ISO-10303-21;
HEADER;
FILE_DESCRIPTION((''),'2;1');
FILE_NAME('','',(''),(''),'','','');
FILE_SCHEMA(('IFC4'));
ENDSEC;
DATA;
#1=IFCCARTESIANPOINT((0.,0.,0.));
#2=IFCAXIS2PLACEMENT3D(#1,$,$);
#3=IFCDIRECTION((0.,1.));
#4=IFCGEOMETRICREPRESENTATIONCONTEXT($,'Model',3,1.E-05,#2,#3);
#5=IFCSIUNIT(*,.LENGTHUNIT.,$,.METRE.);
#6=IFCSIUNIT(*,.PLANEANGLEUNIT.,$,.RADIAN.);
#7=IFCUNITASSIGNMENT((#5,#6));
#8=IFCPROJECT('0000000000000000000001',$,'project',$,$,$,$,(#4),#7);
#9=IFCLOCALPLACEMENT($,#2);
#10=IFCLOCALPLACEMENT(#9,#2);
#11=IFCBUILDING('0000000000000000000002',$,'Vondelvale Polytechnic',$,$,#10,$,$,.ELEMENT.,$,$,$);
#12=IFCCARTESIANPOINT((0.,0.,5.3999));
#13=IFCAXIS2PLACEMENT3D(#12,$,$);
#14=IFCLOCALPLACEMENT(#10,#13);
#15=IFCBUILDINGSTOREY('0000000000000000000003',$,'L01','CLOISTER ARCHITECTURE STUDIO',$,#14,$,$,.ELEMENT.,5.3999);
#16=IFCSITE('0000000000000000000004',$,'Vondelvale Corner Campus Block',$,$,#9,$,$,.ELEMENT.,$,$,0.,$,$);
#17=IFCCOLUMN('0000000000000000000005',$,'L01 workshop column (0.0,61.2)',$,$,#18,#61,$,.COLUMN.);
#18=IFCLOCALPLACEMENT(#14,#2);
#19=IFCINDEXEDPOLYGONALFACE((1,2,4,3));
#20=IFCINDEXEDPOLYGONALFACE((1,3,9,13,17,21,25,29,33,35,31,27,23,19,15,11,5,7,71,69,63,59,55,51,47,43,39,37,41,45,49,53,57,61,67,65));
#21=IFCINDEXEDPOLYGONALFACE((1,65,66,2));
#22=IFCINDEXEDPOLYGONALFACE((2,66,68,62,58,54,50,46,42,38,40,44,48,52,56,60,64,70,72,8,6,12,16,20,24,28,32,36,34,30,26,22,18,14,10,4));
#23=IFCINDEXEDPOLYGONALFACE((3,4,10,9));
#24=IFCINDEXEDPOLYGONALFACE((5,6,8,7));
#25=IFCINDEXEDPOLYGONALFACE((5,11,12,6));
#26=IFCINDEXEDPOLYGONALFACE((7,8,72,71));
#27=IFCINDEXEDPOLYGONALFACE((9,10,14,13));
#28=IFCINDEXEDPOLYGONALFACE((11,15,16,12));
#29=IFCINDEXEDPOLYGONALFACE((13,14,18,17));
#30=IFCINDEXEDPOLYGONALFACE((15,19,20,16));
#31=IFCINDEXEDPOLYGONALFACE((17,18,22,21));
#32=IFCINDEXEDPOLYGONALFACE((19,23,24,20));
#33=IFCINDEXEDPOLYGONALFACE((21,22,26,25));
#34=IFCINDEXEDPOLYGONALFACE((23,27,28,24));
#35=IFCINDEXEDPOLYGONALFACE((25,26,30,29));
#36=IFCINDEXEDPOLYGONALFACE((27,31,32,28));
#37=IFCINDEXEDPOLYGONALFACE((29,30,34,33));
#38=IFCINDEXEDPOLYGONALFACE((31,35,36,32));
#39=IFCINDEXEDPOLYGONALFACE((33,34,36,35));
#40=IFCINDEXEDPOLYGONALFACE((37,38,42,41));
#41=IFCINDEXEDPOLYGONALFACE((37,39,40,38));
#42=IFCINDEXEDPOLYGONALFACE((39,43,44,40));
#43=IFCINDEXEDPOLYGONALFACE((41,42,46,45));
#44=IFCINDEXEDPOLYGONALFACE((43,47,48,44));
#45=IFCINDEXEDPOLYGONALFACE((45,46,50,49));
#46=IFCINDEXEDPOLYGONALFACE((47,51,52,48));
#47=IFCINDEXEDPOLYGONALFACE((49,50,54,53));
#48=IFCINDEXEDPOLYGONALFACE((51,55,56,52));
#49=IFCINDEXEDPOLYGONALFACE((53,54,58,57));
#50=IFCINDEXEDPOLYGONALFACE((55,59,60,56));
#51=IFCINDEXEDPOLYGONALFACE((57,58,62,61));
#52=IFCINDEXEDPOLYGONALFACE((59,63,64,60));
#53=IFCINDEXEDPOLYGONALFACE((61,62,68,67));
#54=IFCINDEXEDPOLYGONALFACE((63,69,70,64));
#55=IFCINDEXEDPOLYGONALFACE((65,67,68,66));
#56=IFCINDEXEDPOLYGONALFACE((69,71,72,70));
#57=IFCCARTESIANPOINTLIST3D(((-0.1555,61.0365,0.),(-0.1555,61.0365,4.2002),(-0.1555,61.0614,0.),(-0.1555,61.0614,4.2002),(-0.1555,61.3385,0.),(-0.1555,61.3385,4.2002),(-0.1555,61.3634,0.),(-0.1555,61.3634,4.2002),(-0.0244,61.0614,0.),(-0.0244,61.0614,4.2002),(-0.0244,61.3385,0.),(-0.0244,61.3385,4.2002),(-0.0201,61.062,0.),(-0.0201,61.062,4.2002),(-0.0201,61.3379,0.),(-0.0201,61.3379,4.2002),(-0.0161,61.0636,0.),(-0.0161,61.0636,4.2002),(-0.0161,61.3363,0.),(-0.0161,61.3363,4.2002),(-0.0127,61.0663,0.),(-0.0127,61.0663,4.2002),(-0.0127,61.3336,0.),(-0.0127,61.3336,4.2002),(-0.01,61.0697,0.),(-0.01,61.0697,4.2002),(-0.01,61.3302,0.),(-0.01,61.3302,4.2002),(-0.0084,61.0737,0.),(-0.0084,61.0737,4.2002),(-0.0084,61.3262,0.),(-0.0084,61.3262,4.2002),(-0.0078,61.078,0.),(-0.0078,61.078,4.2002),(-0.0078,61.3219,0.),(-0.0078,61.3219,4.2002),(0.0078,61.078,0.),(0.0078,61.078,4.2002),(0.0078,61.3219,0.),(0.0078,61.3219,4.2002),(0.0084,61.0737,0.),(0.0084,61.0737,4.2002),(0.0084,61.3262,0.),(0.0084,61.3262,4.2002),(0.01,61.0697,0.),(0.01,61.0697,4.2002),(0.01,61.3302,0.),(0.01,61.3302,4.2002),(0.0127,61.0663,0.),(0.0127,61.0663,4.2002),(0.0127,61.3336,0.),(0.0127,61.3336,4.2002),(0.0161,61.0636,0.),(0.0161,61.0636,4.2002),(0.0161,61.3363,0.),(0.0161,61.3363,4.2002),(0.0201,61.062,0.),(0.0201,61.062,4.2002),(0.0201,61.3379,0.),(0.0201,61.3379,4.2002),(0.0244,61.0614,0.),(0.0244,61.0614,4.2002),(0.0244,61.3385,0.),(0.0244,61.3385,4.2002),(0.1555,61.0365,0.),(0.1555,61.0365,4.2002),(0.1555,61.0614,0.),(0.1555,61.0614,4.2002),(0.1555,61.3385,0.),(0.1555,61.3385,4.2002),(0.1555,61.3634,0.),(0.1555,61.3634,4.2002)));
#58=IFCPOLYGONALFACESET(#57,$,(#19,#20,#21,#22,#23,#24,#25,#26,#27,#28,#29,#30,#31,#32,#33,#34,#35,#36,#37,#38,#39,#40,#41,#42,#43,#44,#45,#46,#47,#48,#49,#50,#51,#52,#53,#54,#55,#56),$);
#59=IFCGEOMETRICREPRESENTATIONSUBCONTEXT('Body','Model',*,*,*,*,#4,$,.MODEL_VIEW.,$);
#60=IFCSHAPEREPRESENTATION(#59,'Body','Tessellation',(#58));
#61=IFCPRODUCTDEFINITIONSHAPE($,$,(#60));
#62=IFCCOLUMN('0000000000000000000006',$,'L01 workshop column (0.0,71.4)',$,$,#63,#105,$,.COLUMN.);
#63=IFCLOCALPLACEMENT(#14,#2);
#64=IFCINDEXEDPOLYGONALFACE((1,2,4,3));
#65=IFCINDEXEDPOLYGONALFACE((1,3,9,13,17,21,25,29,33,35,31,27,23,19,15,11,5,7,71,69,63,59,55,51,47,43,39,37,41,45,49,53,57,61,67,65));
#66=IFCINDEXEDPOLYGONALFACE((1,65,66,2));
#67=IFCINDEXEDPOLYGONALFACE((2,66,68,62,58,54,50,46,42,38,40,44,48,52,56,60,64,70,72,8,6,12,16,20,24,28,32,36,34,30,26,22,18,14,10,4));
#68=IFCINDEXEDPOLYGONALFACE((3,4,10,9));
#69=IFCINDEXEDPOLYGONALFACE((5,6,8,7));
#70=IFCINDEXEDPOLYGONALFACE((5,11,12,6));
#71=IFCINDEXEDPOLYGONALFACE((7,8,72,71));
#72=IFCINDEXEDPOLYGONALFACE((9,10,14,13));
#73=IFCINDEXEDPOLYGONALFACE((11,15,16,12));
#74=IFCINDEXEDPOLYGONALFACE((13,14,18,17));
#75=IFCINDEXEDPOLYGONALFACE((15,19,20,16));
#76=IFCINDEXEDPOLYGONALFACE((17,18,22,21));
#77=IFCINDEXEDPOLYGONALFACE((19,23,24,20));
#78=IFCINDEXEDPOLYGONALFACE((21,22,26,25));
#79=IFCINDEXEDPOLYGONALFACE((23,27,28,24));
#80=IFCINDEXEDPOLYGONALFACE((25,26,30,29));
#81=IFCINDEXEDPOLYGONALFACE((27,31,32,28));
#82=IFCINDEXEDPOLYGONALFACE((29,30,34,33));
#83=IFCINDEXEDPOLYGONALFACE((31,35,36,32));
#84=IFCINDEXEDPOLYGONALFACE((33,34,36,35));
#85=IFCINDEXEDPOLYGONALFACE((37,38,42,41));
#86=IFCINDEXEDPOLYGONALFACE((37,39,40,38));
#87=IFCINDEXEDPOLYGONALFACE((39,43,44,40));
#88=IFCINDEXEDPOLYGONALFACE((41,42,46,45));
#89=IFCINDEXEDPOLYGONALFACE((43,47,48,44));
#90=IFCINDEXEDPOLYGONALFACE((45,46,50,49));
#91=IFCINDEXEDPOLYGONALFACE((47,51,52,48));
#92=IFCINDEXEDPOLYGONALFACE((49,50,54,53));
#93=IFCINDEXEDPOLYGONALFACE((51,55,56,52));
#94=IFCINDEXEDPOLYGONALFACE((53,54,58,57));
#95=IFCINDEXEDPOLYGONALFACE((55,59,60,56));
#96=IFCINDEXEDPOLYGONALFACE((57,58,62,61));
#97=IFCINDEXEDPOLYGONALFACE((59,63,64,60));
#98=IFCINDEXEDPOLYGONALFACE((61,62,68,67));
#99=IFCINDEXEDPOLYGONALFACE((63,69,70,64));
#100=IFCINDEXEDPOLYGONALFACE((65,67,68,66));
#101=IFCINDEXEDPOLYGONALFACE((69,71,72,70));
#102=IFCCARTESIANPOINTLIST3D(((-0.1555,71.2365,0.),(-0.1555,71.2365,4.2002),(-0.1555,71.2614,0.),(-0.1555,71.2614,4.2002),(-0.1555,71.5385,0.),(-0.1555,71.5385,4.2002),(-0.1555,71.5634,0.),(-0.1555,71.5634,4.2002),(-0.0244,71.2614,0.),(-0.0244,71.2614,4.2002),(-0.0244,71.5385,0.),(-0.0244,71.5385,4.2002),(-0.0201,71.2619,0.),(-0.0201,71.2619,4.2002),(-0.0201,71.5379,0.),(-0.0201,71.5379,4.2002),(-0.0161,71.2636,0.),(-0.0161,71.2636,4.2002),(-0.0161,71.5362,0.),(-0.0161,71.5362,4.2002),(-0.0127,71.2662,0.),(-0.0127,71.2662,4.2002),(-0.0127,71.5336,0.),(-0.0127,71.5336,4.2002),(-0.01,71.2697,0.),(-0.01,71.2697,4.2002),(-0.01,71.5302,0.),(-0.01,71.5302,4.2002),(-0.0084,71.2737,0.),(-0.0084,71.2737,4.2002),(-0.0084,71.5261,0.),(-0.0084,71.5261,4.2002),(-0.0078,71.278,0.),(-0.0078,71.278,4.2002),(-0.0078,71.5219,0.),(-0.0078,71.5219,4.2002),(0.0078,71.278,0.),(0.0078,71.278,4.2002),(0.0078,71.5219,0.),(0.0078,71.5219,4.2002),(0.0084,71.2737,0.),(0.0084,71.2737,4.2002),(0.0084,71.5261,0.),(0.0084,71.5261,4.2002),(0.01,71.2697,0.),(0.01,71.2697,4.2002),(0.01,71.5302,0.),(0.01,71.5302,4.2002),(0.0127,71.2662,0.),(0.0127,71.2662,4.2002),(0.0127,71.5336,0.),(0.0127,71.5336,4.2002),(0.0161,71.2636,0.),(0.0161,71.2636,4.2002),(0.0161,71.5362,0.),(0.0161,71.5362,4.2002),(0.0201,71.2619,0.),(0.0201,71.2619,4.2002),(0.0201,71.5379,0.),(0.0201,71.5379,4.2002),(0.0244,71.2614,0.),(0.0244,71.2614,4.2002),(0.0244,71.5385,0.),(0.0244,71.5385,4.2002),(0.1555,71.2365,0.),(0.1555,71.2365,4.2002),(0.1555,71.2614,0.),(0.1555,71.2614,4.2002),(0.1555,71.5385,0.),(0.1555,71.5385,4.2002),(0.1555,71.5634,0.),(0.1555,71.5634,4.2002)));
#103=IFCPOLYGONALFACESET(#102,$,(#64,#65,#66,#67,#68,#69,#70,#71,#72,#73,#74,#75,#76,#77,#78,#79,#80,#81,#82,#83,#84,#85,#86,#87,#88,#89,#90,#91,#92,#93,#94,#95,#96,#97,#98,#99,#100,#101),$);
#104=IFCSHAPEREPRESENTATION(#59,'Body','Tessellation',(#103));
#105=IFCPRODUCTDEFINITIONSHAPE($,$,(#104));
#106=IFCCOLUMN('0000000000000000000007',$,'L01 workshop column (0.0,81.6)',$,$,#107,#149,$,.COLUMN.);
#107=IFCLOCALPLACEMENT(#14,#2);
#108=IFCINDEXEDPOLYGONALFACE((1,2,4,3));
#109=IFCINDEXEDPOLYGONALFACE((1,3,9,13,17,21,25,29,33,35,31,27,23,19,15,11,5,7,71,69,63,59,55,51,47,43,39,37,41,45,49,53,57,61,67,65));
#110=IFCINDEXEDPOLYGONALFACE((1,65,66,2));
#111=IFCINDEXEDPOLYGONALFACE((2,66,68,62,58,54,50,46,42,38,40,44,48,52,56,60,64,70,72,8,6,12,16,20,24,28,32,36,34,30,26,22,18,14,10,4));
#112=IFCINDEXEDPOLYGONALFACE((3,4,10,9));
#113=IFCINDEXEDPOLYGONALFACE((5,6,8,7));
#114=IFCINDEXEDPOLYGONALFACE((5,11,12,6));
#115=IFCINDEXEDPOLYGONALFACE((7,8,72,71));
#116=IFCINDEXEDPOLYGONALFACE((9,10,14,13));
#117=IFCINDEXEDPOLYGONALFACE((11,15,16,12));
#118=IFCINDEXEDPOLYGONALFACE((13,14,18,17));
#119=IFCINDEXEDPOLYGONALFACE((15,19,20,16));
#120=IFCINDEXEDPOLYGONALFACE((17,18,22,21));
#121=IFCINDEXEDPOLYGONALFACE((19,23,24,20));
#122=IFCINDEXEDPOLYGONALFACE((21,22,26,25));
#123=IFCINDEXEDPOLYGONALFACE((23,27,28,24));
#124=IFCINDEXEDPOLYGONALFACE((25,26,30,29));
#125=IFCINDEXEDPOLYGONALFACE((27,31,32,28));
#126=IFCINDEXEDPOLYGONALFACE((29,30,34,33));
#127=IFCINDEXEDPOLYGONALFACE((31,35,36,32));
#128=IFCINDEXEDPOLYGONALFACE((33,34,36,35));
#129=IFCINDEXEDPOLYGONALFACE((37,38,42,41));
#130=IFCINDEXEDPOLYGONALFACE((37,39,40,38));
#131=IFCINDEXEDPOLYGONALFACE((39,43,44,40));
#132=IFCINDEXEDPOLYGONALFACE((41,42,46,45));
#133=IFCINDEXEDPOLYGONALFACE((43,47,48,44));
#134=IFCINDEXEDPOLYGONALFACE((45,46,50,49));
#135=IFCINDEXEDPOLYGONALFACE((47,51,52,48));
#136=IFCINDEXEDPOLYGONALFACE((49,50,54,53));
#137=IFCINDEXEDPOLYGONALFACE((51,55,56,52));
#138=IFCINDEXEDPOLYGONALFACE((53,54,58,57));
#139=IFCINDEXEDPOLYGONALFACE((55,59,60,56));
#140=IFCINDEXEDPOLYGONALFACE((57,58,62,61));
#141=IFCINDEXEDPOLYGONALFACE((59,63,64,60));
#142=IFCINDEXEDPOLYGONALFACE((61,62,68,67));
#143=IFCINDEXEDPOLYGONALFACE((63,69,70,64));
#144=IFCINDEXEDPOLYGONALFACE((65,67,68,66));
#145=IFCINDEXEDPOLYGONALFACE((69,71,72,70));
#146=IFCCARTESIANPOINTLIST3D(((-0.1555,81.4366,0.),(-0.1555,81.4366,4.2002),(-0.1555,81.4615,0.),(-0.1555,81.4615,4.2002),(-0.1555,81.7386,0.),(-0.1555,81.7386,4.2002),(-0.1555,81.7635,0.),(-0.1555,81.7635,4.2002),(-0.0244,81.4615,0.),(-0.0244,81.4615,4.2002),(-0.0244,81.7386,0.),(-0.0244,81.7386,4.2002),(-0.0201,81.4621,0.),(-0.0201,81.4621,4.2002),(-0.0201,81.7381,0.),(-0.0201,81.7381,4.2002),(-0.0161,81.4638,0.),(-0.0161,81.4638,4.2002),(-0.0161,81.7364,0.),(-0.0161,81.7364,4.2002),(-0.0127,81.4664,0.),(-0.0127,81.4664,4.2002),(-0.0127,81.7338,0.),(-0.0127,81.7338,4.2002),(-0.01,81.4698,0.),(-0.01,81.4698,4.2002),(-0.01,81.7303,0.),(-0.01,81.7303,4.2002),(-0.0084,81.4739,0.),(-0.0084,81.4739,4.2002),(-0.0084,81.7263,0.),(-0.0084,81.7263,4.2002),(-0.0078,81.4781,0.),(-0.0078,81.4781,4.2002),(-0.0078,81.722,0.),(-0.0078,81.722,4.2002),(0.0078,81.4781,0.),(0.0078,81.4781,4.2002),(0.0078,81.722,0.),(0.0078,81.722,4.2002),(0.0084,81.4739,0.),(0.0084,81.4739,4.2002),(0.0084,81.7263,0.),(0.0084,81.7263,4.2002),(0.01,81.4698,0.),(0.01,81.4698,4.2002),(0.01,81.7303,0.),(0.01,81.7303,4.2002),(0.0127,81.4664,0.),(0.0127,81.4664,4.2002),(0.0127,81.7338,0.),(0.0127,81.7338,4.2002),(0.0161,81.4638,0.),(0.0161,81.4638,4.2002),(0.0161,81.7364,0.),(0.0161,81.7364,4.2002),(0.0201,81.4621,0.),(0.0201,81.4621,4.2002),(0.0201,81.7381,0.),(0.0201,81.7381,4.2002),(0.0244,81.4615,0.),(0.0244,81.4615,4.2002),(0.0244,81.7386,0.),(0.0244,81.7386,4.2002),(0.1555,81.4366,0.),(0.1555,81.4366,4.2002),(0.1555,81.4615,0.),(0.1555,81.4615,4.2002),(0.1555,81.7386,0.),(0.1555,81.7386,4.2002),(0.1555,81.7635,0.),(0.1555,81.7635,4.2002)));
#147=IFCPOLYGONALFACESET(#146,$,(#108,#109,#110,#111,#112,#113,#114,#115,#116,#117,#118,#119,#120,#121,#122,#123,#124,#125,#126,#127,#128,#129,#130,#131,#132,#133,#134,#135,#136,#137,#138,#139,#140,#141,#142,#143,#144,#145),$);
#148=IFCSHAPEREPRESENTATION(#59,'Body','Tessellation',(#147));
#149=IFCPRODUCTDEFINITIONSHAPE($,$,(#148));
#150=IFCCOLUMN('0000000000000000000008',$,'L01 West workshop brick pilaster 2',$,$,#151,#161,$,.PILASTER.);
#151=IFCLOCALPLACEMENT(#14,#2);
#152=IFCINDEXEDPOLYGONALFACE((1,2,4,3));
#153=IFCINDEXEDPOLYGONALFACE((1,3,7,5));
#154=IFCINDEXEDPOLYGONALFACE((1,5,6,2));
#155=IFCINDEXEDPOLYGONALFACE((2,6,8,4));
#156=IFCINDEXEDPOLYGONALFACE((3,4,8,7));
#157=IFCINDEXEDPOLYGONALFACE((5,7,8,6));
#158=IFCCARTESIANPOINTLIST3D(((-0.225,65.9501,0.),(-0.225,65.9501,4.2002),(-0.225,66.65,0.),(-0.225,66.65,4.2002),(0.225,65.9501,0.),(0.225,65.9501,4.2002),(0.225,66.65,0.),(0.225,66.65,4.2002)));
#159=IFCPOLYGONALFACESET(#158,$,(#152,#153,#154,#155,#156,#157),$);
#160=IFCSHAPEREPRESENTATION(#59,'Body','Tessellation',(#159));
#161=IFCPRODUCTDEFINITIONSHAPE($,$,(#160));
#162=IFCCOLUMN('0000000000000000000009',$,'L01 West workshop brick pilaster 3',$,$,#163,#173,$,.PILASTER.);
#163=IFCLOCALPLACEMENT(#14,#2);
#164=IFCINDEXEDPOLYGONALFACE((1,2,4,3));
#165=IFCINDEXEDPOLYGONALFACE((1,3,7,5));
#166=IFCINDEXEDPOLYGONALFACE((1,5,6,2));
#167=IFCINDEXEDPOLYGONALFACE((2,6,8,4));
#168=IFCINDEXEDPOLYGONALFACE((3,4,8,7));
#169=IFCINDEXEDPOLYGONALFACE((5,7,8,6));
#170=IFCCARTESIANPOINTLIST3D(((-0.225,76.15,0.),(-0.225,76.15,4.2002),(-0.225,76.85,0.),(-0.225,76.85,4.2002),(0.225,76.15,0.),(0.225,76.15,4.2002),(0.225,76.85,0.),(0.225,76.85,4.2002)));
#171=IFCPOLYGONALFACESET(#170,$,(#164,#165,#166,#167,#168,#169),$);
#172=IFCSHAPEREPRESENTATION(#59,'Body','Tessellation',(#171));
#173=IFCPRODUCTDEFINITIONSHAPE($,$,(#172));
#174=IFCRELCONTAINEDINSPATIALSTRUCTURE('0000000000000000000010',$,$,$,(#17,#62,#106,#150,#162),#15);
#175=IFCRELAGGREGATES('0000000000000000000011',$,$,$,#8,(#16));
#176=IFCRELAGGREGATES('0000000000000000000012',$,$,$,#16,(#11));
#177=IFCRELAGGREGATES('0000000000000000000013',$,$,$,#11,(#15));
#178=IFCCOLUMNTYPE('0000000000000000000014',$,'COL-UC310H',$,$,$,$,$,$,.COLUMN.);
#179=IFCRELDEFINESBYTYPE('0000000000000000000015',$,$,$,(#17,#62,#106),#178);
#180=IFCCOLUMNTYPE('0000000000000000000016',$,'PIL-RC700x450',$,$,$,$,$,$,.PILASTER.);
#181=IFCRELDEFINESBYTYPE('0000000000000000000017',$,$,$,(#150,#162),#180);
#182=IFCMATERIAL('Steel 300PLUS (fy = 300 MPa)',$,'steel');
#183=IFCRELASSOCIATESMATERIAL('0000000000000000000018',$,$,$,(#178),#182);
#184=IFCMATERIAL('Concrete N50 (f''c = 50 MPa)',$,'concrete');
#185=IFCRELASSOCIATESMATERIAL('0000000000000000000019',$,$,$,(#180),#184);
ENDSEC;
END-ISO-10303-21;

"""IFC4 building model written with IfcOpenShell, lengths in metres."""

from ifc_helpers import new_model, si_unit, direction, frame, origin, origin_2d, place, context, subcontext, project, spatial, rectangle, i_section, extrude, material, material_profile, profile_set, type_object, element, save


model = new_model("IFC4")

# Units and contexts
model_context = context("Model", 3, precision=1e-05, world=origin(), true_north=direction((0.0, 1.0)))
body_context = subcontext(model_context, "Body", "Model", "MODEL_VIEW")
ifc_project = project(units=[si_unit("LENGTHUNIT", "METRE"), si_unit("PLANEANGLEUNIT", "RADIAN")], contexts=[model_context])

# Site, building, storey
site_placement = place(None, origin())
site = spatial("IfcSite", under=ifc_project, at=site_placement, Name="Vondelvale Corner Campus Block", CompositionType="ELEMENT", RefElevation=0.0)
building_placement = place(site_placement, origin())
building = spatial("IfcBuilding", under=site, at=building_placement, Name="Vondelvale Polytechnic", CompositionType="ELEMENT")
storey_placement = place(building_placement, frame((0.0, 0.0, 5.3999)))
storey = spatial("IfcBuildingStorey", under=building, at=storey_placement, Name="L01", Description="CLOISTER ARCHITECTURE STUDIO", CompositionType="ELEMENT", Elevation=5.3999)

# Columns
ifc_material_1 = material(Name="Steel 300PLUS (fy = 300 MPa)", Category="steel")
ifc_material_profile_1 = material_profile(ifc_material_1, i_section(OverallWidth=0.311, OverallDepth=0.3269, WebThickness=0.0156, FlangeThickness=0.0249, FilletRadius=0.0166, at=origin_2d()), Name="310UC158")
ifc_profile_set_1 = profile_set([ifc_material_profile_1], Name="Steel 300PLUS (fy = 300 MPa)")
column_type_1 = type_object("IfcColumnType", Name="COL-UC310H", PredefinedType="COLUMN", material=ifc_profile_set_1)
for number, where, z_axis, x_axis, name in (
    (1, (0.0, 61.2, 0.0), (0.0, 0.0, 1.0), (1.0, 0.0, 0.0), "L01 workshop column (0.0,61.2)"),
    (2, (0.0, 71.3999, 0.0), (0.0, 0.0, 1.0), (1.0, 0.0, 0.0), "L01 workshop column (0.0,71.4)"),
    (3, (0.0, 81.6001, 0.0), (0.0, 0.0, 1.0), (1.0, 0.0, 0.0), "L01 workshop column (0.0,81.6)"),
):
    element("IfcColumn", number, at=place(storey_placement, frame(where, z_axis=z_axis, x_axis=x_axis)), inside=storey, type_object=column_type_1, Name=name, PredefinedType="COLUMN", context=body_context, shape_type="SweptSolid", body=[
        extrude(i_section(OverallWidth=0.311, OverallDepth=0.3269, WebThickness=0.0156, FlangeThickness=0.0249, FilletRadius=0.0166, at=origin_2d()), origin(), (0.0, 0.0, 1.0), 4.2002),
    ])
ifc_material_2 = material(Name="Concrete N50 (f'c = 50 MPa)", Category="concrete")
ifc_material_profile_2 = material_profile(ifc_material_2, rectangle(XDim=0.45, YDim=0.7, at=origin_2d()), Name="RC-PIL-700x450")
ifc_profile_set_2 = profile_set([ifc_material_profile_2], Name="Concrete N50 (f'c = 50 MPa)")
column_type_2 = type_object("IfcColumnType", Name="PIL-RC700x450", PredefinedType="PILASTER", material=ifc_profile_set_2)
for number, where, z_axis, x_axis, name in (
    (4, (0.0, 66.3, 0.0), (0.0, 0.0, 1.0), (1.0, 0.0, 0.0), "L01 West workshop brick pilaster 2"),
    (5, (0.0, 76.5, 0.0), (0.0, 0.0, 1.0), (1.0, 0.0, 0.0), "L01 West workshop brick pilaster 3"),
):
    element("IfcColumn", number, at=place(storey_placement, frame(where, z_axis=z_axis, x_axis=x_axis)), inside=storey, type_object=column_type_2, Name=name, PredefinedType="PILASTER", context=body_context, shape_type="SweptSolid", body=[
        extrude(rectangle(XDim=0.45, YDim=0.7, at=origin_2d()), origin(), (0.0, 0.0, 1.0), 4.2002),
    ])

save(model, "model.ifc")
